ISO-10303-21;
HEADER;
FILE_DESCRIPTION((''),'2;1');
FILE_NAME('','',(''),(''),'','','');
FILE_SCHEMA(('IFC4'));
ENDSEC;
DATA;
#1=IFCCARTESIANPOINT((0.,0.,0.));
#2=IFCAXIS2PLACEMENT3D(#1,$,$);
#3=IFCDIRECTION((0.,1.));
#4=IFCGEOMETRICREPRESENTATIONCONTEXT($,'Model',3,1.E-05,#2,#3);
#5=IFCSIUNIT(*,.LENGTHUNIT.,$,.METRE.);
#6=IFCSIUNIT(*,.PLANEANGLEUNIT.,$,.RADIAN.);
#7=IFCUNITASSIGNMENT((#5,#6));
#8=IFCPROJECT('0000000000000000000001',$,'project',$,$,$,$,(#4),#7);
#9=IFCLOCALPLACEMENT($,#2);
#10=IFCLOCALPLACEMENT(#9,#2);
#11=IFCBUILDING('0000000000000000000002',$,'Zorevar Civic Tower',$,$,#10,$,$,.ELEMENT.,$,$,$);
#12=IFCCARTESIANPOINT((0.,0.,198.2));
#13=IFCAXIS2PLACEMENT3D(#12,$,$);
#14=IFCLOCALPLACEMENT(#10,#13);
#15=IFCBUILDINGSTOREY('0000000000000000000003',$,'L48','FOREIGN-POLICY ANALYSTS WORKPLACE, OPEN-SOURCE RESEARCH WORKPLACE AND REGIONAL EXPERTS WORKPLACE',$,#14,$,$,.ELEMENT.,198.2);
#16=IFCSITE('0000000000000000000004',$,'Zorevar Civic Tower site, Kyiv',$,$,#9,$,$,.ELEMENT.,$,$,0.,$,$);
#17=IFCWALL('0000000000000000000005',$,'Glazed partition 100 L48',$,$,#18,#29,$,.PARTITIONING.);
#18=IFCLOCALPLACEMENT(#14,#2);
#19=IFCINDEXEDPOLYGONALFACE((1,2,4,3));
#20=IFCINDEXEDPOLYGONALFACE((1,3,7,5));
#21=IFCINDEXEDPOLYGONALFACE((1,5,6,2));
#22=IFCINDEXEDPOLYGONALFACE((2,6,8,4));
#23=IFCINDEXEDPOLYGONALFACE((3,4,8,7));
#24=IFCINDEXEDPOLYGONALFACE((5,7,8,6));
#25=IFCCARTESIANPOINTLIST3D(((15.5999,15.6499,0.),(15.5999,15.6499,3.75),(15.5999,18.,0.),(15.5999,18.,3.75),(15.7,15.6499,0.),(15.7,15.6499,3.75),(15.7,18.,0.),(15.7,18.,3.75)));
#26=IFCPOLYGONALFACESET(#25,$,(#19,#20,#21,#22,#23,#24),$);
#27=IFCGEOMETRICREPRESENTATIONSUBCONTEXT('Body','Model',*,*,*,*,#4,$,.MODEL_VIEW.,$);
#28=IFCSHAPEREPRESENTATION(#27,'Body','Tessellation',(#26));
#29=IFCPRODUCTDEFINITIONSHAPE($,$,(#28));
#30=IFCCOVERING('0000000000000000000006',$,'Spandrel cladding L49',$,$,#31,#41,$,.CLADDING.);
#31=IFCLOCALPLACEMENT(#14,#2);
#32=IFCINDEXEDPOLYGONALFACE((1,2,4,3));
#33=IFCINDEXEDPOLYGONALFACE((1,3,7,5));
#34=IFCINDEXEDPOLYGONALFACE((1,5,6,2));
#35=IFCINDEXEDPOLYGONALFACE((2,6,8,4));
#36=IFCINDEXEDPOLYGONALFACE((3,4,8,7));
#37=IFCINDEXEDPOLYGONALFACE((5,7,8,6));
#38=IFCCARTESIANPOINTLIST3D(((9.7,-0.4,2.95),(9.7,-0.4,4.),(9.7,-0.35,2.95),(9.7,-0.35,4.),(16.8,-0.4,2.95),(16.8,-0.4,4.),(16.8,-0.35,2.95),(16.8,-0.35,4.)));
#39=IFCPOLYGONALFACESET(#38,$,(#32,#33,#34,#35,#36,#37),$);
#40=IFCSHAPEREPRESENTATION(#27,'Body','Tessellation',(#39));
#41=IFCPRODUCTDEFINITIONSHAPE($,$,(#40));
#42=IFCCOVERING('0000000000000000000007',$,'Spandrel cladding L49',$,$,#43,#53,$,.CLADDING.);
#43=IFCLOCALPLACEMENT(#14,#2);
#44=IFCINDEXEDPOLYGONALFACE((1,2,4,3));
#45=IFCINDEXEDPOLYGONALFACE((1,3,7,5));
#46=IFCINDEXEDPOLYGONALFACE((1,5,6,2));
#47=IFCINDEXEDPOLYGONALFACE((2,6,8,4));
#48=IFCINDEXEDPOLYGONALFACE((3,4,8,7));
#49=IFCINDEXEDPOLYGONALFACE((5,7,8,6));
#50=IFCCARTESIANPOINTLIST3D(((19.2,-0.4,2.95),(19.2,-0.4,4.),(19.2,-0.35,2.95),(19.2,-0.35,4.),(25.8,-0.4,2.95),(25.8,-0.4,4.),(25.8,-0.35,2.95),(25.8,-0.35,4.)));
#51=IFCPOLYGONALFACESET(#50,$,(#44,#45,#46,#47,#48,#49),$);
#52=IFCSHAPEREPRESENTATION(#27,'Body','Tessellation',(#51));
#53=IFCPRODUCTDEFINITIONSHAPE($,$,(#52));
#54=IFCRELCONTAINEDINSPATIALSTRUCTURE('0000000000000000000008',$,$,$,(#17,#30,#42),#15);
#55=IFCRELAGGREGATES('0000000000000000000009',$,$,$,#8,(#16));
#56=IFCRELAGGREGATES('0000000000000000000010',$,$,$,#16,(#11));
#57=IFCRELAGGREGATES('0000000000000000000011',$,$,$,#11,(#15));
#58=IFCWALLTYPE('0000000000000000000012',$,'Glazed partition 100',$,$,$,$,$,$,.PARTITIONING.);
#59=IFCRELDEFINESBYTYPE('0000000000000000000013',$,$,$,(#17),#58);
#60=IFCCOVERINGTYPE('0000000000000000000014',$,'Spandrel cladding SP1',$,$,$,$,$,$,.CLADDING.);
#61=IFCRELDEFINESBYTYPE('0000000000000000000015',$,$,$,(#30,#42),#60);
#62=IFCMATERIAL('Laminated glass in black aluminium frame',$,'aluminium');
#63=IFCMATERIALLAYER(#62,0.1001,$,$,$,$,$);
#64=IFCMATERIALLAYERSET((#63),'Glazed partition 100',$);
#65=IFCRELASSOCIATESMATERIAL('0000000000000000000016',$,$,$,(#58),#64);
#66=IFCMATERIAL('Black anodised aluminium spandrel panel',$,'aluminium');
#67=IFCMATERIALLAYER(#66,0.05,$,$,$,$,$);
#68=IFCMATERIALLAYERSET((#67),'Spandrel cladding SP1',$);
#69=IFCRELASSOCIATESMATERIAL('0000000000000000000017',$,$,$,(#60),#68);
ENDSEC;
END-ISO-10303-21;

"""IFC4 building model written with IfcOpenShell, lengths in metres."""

from ifc_helpers import new_model, si_unit, direction, frame, frame_2d, origin, place, context, subcontext, project, spatial, rectangle, extrude, material, layer, layer_set, type_object, element, save


model = new_model("IFC4")

# Units and contexts
model_context = context("Model", 3, precision=1e-05, world=origin(), true_north=direction((0.0, 1.0)))
body_context = subcontext(model_context, "Body", "Model", "MODEL_VIEW")
ifc_project = project(units=[si_unit("LENGTHUNIT", "METRE"), si_unit("PLANEANGLEUNIT", "RADIAN")], contexts=[model_context])

# Site, building, storey
site_placement = place(None, origin())
site = spatial("IfcSite", under=ifc_project, at=site_placement, Name="Zorevar Civic Tower site, Kyiv", CompositionType="ELEMENT", RefElevation=0.0)
building_placement = place(site_placement, origin())
building = spatial("IfcBuilding", under=site, at=building_placement, Name="Zorevar Civic Tower", CompositionType="ELEMENT")
storey_placement = place(building_placement, frame((0.0, 0.0, 198.2)))
storey = spatial("IfcBuildingStorey", under=building, at=storey_placement, Name="L48", Description="FOREIGN-POLICY ANALYSTS WORKPLACE, OPEN-SOURCE RESEARCH WORKPLACE AND REGIONAL EXPERTS WORKPLACE", CompositionType="ELEMENT", Elevation=198.2)

# Shared definitions
ifc_material_1 = material(Name="Laminated glass in black aluminium frame", Category="aluminium")
ifc_layer_1 = layer(ifc_material_1, 0.1001)
ifc_layer_set_1 = layer_set([ifc_layer_1], Name="Glazed partition 100")
wall_type = type_object("IfcWallType", Name="Glazed partition 100", PredefinedType="PARTITIONING", material=ifc_layer_set_1)

# Wall
wall_1_placement = place(storey_placement, frame((15.6499, 15.6499, 0.0), z_axis=(0.0, 0.0, 1.0), x_axis=(0.0, 1.0, 0.0)))
element("IfcWall", 1, at=wall_1_placement, inside=storey, type_object=wall_type, Name="Glazed partition 100 L48", PredefinedType="PARTITIONING", context=body_context, shape_type="SweptSolid", body=[
    extrude(rectangle(XDim=2.3501, YDim=0.1001, at=frame_2d((1.175, 0.0))), origin(), (0.0, 0.0, 1.0), 3.75),
])

# Coverings
ifc_material_2 = material(Name="Black anodised aluminium spandrel panel", Category="aluminium")
ifc_layer_2 = layer(ifc_material_2, 0.05)
ifc_layer_set_2 = layer_set([ifc_layer_2], Name="Spandrel cladding SP1")
covering_type = type_object("IfcCoveringType", Name="Spandrel cladding SP1", PredefinedType="CLADDING", material=ifc_layer_set_2)
covering_1_placement = place(storey_placement, frame((9.7, -0.375, 2.95), z_axis=(0.0, 0.0, 1.0), x_axis=(1.0, 0.0, 0.0)))
element("IfcCovering", 2, at=covering_1_placement, inside=storey, type_object=covering_type, Name="Spandrel cladding L49", PredefinedType="CLADDING", context=body_context, shape_type="SweptSolid", body=[
    extrude(rectangle(XDim=7.1001, YDim=0.05, at=frame_2d((3.55, 0.0))), origin(), (0.0, 0.0, 1.0), 1.05),
])
covering_2_placement = place(storey_placement, frame((19.2, -0.375, 2.95), z_axis=(0.0, 0.0, 1.0), x_axis=(1.0, 0.0, 0.0)))
element("IfcCovering", 3, at=covering_2_placement, inside=storey, type_object=covering_type, Name="Spandrel cladding L49", PredefinedType="CLADDING", context=body_context, shape_type="SweptSolid", body=[
    extrude(rectangle(XDim=6.6001, YDim=0.05, at=frame_2d((3.3, 0.0))), origin(), (0.0, 0.0, 1.0), 1.05),
])

save(model, "model.ifc")
